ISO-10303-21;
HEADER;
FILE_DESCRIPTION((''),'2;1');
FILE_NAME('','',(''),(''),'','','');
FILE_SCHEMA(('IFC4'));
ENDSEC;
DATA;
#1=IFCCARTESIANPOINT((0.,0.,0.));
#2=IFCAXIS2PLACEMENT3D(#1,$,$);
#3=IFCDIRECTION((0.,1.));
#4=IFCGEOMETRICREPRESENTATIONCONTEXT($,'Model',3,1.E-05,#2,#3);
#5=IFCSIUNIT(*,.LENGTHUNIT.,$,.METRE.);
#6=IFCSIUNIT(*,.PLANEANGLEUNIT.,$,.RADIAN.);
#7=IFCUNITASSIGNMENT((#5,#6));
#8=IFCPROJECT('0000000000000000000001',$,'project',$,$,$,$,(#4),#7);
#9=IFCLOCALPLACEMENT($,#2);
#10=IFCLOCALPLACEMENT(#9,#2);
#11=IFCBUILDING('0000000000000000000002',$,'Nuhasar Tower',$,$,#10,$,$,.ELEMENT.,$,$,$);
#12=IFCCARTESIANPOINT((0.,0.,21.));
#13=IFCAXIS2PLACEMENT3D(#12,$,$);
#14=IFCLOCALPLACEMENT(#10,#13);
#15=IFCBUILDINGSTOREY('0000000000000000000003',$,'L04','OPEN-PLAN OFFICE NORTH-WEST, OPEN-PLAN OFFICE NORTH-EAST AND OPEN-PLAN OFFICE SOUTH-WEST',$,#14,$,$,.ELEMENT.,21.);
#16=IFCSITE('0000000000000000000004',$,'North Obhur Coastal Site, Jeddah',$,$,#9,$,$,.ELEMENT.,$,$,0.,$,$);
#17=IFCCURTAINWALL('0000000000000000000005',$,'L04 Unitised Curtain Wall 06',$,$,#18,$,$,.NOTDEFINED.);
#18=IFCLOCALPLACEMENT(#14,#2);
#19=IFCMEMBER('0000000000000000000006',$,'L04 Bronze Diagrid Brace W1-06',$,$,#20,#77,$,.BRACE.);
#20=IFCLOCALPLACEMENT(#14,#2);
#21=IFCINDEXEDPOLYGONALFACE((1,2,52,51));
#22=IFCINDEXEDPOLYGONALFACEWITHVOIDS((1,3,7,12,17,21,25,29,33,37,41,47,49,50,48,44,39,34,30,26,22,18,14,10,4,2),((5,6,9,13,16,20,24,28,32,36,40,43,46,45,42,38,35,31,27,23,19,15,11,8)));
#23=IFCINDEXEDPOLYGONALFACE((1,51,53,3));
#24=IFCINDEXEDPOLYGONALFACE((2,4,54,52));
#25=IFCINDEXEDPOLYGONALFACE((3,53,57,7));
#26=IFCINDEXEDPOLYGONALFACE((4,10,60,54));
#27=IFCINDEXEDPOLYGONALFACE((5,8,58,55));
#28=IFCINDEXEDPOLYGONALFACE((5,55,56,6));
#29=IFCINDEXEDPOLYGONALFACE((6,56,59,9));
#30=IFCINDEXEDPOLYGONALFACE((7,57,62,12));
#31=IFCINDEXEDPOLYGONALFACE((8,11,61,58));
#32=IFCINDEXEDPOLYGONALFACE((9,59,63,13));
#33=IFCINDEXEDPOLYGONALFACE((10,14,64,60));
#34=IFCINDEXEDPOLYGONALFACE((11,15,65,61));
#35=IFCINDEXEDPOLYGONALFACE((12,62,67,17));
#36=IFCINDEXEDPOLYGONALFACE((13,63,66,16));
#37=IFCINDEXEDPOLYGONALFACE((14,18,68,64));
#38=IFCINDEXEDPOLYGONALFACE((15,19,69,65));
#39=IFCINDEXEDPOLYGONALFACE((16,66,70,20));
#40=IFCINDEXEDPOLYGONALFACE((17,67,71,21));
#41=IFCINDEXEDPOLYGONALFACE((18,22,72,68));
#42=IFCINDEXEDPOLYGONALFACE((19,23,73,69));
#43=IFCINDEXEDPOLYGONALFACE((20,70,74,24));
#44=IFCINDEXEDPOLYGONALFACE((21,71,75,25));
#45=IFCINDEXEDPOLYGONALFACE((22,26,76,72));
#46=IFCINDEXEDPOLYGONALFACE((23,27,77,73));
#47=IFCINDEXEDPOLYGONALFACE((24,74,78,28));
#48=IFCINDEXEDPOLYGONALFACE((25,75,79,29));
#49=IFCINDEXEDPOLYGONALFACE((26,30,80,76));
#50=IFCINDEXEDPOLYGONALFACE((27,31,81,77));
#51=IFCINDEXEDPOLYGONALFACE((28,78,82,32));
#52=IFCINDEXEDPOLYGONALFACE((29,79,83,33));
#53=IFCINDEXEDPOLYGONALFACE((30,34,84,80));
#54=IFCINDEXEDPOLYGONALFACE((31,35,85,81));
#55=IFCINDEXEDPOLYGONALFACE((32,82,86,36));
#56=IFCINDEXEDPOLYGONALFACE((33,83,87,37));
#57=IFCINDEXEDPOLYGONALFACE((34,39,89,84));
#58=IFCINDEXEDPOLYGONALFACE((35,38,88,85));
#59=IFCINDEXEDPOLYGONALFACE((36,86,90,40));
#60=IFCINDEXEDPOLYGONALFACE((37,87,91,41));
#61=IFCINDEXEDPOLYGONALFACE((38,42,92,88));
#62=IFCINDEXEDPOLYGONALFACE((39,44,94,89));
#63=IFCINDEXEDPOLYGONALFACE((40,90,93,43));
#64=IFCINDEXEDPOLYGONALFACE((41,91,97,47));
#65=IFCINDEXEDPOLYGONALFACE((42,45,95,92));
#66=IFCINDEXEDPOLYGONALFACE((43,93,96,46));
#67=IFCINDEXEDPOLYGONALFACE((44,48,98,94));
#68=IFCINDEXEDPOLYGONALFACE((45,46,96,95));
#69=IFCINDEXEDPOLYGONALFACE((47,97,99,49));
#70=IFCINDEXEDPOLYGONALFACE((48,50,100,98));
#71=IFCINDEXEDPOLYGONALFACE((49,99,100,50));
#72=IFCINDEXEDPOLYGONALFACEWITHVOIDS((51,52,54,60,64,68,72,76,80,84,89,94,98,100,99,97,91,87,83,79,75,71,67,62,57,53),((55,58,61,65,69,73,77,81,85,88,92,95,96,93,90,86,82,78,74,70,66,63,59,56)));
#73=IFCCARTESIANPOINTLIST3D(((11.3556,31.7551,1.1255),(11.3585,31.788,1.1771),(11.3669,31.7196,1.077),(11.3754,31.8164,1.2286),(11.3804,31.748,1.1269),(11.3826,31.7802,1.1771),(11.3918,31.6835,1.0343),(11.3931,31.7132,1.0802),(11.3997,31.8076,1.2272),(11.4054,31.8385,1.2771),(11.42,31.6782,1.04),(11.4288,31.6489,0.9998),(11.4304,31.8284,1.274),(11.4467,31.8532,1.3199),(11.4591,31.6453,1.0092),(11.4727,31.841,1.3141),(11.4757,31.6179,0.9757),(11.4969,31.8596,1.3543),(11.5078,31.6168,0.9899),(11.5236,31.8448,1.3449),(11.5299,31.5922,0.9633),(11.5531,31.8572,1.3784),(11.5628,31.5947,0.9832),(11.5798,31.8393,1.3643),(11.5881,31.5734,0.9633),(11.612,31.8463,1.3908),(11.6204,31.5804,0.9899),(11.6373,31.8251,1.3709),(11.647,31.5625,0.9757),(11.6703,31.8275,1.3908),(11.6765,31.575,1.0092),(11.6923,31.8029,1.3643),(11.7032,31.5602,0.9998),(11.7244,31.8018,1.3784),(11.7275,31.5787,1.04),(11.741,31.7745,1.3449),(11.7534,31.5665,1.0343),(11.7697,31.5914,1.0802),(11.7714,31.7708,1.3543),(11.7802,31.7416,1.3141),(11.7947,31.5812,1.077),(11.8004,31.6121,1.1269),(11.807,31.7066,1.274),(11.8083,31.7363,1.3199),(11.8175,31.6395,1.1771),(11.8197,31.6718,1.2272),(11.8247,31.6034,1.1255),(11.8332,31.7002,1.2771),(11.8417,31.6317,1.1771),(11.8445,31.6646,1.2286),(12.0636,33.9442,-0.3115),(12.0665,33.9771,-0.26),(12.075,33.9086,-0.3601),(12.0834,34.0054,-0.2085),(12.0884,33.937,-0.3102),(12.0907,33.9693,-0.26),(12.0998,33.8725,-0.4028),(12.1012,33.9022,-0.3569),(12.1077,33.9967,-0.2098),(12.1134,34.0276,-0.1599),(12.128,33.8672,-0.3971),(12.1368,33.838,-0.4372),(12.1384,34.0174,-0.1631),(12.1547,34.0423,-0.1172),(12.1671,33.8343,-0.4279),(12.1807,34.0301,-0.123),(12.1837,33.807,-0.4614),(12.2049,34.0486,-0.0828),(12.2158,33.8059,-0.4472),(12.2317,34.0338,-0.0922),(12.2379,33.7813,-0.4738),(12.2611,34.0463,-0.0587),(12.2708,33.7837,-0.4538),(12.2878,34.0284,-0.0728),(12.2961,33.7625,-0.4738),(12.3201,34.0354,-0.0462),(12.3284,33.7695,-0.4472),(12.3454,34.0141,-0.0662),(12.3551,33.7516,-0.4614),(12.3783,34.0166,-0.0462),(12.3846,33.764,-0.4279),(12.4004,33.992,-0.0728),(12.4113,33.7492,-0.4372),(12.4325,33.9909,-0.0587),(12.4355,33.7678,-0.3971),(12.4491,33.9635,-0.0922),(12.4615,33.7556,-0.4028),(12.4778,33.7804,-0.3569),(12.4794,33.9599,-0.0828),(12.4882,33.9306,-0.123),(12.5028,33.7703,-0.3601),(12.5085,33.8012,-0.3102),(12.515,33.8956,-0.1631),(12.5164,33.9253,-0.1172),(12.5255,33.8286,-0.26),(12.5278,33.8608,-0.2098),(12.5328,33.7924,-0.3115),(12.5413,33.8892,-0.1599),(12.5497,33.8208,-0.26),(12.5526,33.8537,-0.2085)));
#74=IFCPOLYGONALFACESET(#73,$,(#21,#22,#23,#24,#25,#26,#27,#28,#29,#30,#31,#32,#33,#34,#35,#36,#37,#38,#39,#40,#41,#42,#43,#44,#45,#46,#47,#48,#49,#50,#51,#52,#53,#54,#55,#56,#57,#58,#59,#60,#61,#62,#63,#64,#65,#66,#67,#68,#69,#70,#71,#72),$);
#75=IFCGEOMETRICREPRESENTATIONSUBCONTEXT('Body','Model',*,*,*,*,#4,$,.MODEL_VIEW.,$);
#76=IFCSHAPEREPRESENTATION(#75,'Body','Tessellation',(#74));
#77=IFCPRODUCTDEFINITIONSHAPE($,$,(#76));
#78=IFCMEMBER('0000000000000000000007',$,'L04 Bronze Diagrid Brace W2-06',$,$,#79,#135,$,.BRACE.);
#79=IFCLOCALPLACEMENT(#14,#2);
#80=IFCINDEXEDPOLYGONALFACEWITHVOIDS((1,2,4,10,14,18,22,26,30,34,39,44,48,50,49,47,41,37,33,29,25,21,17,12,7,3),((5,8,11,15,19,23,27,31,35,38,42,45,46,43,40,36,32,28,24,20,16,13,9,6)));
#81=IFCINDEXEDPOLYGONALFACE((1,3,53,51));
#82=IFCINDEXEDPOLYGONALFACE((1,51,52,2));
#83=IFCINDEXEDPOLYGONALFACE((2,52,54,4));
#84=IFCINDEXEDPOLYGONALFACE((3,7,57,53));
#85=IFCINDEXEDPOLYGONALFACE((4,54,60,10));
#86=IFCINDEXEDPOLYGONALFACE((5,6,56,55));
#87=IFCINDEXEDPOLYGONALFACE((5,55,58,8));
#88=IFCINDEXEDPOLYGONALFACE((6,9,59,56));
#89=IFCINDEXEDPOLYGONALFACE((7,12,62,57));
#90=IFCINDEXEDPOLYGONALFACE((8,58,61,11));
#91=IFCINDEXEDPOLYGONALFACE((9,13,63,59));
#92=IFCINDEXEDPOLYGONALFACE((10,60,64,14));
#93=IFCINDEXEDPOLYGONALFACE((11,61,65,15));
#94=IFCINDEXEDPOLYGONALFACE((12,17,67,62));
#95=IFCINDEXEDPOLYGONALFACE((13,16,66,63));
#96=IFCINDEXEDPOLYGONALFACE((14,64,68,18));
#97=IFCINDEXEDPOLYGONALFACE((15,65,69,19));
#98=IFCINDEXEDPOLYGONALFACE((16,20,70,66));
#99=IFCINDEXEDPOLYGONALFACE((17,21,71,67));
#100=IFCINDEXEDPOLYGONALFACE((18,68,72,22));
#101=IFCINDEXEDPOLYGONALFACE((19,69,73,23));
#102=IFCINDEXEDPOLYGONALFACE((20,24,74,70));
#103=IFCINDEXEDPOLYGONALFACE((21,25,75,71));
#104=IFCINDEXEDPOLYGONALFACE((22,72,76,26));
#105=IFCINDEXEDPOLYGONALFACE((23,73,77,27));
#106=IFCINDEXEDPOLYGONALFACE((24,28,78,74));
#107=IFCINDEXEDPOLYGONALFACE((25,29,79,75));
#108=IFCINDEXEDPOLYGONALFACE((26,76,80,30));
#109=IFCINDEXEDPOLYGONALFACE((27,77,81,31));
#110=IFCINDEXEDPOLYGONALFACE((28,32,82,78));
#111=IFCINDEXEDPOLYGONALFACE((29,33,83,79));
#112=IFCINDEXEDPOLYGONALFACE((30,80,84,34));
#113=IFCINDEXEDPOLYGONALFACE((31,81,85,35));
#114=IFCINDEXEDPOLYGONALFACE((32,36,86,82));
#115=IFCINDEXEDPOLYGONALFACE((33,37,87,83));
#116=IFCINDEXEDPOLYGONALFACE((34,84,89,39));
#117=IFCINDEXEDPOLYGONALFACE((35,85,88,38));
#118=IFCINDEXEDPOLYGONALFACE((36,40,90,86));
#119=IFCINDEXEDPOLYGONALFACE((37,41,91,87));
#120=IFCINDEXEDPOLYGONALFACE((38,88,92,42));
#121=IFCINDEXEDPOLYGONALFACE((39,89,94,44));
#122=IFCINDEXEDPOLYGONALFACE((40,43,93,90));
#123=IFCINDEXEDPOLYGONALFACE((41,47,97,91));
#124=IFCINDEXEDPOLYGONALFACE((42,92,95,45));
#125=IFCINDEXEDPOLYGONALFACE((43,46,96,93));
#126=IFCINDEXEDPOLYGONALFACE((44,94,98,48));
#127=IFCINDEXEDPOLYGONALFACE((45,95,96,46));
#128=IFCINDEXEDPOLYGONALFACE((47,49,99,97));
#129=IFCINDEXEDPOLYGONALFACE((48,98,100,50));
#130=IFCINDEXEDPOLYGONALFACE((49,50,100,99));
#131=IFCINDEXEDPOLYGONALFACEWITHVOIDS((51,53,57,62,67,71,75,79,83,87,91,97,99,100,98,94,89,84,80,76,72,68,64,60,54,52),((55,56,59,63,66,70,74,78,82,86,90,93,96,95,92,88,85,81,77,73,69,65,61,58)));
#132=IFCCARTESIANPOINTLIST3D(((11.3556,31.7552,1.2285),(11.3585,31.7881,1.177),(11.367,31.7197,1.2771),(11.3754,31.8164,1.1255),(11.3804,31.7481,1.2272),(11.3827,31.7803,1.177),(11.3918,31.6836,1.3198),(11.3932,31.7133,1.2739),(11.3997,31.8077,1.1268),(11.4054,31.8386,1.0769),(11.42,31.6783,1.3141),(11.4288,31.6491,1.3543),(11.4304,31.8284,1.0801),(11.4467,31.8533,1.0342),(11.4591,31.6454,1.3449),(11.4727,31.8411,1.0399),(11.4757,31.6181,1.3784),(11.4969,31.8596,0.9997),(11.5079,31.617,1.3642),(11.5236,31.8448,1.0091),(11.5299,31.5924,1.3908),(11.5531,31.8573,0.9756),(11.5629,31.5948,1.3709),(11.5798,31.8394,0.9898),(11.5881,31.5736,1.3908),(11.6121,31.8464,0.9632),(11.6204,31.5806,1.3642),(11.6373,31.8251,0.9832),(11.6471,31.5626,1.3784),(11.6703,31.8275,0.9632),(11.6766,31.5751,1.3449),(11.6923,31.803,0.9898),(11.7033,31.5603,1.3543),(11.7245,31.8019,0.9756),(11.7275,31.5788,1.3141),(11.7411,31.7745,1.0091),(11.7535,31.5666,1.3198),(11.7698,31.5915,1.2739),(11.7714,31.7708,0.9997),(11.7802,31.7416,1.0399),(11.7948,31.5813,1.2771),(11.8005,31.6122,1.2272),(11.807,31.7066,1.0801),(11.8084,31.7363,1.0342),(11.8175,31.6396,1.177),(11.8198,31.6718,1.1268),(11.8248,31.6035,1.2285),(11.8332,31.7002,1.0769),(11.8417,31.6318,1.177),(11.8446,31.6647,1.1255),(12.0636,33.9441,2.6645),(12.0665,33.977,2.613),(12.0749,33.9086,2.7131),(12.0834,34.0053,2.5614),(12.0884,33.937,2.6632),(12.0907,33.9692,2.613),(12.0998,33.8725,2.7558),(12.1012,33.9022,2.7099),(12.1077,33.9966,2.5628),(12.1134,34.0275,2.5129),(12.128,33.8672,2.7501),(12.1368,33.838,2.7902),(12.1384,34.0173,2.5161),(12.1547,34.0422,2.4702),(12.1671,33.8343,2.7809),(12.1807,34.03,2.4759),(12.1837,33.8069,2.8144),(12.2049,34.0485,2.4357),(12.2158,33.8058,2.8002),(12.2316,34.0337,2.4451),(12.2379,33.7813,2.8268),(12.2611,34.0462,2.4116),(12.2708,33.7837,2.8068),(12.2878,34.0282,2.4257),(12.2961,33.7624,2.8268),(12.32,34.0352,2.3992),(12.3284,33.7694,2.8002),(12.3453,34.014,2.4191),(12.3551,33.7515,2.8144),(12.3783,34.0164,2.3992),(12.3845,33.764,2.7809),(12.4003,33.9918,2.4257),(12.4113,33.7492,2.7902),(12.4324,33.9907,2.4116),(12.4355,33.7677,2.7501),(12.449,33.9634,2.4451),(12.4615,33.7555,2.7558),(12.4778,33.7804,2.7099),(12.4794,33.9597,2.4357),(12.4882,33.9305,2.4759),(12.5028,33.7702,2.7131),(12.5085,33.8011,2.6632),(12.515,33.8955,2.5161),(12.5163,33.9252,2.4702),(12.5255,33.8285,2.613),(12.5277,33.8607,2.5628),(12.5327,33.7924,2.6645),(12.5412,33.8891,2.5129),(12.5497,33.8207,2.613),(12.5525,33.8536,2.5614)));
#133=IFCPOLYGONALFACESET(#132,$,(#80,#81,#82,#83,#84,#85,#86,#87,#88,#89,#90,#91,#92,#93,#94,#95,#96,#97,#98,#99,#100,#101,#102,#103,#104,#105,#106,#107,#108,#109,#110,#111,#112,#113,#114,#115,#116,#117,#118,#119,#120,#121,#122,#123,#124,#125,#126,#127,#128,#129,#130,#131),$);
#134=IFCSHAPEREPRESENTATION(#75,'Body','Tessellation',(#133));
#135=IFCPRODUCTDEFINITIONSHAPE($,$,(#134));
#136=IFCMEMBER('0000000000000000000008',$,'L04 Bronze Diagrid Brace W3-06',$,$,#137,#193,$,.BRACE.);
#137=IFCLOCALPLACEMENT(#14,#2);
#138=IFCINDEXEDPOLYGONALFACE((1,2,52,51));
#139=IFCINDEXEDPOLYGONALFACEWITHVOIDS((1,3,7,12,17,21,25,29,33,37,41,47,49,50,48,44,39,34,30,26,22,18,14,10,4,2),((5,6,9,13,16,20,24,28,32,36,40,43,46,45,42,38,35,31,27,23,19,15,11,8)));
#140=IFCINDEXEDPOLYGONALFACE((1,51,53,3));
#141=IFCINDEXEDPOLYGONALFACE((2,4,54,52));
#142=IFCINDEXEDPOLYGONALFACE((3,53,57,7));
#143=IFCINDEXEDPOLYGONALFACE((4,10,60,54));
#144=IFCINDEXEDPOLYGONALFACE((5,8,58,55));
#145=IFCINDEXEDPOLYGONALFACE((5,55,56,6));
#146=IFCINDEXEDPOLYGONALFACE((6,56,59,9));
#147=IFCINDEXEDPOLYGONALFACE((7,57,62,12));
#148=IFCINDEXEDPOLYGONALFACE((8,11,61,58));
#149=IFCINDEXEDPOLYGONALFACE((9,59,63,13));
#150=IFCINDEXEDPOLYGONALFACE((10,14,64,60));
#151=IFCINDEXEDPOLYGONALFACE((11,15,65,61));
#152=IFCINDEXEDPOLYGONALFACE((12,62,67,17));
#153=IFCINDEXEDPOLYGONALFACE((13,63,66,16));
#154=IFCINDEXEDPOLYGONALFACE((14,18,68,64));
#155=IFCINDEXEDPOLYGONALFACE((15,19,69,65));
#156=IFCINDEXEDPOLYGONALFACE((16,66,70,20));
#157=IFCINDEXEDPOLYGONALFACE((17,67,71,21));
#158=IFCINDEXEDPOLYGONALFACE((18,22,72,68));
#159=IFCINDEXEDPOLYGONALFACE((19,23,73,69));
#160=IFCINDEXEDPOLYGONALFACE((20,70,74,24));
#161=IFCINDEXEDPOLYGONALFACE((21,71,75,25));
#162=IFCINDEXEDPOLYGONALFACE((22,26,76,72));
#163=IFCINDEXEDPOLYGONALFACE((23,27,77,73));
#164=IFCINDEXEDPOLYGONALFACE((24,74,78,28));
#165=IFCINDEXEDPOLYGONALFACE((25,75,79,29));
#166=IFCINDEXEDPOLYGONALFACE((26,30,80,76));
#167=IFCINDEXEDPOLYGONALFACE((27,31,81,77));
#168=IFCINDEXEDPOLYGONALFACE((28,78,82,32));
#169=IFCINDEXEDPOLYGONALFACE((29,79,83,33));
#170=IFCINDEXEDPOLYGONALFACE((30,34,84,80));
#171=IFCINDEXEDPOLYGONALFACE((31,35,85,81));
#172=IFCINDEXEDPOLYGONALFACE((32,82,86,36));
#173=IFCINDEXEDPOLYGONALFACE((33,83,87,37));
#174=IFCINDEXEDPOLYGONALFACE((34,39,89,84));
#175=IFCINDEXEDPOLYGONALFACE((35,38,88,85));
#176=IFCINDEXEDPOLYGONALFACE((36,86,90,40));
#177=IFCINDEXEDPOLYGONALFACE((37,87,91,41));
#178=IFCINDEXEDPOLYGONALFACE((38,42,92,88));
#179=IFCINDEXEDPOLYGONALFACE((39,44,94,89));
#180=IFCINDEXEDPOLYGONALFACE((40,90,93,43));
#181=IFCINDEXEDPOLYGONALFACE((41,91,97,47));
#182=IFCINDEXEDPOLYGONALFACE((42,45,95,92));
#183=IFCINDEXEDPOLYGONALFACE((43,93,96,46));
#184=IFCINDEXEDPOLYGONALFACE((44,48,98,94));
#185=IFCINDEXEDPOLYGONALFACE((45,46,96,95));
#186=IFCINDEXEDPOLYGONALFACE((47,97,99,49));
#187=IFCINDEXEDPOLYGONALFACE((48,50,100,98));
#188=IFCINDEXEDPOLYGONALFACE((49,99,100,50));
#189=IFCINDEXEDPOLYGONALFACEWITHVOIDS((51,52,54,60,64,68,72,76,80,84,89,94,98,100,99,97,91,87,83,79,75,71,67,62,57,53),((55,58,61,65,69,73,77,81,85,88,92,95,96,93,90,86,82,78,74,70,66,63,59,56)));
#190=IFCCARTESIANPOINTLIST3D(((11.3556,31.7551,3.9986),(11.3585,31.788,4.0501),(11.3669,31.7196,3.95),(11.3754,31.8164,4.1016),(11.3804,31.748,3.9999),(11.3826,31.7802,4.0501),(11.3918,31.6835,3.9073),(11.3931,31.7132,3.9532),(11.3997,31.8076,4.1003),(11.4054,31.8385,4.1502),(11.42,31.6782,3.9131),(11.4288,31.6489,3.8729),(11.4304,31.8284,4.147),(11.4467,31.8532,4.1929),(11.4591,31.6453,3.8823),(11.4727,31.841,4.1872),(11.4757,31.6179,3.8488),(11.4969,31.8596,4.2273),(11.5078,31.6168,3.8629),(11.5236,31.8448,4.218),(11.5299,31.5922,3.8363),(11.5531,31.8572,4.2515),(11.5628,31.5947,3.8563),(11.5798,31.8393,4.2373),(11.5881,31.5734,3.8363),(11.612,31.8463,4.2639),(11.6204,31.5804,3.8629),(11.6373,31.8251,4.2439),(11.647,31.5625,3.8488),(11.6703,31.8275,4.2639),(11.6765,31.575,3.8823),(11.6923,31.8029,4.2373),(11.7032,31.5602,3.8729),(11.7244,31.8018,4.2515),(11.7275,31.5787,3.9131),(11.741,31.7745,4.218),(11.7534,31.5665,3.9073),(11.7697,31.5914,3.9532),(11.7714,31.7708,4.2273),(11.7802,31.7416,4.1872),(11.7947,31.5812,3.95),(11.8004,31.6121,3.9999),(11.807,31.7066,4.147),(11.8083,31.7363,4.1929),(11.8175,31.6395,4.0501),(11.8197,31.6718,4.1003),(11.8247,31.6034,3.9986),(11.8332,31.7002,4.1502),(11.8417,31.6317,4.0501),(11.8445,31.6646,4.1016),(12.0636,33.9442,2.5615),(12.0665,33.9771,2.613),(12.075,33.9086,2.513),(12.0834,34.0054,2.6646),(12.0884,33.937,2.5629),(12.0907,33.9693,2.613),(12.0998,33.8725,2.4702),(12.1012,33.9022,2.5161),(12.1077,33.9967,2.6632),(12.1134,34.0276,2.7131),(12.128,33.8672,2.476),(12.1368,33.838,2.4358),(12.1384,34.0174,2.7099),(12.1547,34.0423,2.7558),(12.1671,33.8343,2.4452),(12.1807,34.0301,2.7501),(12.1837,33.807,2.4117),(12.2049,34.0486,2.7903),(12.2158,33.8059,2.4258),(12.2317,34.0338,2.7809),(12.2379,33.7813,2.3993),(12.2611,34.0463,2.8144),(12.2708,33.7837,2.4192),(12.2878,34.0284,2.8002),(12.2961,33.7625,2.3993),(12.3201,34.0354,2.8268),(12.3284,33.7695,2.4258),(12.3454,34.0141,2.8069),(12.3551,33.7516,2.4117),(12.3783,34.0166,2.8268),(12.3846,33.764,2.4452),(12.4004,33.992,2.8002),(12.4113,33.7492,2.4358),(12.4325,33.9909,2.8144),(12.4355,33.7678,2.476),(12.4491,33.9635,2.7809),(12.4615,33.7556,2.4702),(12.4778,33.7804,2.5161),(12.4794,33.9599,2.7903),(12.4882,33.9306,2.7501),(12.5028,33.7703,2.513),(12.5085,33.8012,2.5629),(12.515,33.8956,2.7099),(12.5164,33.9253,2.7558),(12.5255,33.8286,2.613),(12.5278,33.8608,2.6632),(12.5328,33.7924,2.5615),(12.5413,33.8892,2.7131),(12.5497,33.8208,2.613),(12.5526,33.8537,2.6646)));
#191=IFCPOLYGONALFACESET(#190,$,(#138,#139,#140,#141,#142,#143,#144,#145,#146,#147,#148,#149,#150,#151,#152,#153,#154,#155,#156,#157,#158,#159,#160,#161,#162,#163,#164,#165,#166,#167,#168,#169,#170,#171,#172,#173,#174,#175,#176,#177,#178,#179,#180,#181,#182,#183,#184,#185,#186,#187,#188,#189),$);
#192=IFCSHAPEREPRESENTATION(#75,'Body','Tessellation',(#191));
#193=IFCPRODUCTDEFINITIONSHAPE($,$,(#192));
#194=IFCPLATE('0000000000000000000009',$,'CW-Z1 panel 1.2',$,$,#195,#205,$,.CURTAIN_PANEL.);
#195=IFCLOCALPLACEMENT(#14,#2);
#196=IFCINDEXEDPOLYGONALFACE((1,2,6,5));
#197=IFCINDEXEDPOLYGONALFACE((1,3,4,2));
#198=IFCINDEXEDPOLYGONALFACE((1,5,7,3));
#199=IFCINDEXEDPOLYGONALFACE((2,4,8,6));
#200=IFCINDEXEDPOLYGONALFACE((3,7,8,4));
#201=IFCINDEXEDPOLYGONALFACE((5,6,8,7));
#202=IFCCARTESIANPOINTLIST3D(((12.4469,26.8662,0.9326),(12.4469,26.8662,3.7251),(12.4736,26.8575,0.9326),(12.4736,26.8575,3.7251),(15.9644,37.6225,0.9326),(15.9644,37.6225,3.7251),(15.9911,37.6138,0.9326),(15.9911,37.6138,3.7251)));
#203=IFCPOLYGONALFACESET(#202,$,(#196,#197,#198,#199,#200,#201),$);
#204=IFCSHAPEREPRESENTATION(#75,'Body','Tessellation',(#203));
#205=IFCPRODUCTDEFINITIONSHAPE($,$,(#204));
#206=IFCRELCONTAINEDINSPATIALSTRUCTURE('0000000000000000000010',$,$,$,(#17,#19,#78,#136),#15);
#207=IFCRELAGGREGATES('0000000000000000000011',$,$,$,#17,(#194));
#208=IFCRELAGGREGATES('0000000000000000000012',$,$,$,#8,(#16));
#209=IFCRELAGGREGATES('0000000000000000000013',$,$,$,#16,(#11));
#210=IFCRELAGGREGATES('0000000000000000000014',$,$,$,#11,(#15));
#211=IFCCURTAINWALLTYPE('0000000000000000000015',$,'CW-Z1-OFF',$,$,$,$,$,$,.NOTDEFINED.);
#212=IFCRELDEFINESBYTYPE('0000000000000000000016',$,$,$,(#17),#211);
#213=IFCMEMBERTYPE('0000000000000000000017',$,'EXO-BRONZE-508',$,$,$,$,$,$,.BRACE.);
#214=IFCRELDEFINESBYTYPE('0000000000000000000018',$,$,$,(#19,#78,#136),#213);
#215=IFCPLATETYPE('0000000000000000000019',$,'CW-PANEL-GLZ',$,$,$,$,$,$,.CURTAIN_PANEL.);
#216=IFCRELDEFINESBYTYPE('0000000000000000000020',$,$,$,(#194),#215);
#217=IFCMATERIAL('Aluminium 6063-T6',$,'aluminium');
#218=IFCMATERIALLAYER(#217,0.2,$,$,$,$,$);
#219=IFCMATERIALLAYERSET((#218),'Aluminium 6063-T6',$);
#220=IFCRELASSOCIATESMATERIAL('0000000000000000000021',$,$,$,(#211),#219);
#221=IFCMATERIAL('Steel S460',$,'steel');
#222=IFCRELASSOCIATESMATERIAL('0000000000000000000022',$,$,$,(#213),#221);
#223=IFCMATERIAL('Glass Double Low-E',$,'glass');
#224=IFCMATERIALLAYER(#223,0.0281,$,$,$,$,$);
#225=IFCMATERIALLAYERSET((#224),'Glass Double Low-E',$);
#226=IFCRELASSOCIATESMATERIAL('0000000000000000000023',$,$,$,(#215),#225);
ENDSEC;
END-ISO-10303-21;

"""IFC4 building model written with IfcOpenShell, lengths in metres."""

from ifc_helpers import new_model, si_unit, direction, frame, origin, origin_2d, place, context, subcontext, project, spatial, rectangle, hollow_circle, extrude, material, layer, layer_set, material_profile, profile_set, type_object, element, aggregate, save


model = new_model("IFC4")

# Units and contexts
model_context = context("Model", 3, precision=1e-05, world=origin(), true_north=direction((0.0, 1.0)))
body_context = subcontext(model_context, "Body", "Model", "MODEL_VIEW")
ifc_project = project(units=[si_unit("LENGTHUNIT", "METRE"), si_unit("PLANEANGLEUNIT", "RADIAN")], contexts=[model_context])

# Site, building, storey
site_placement = place(None, origin())
site = spatial("IfcSite", under=ifc_project, at=site_placement, Name="North Obhur Coastal Site, Jeddah", CompositionType="ELEMENT", RefElevation=0.0)
building_placement = place(site_placement, origin())
building = spatial("IfcBuilding", under=site, at=building_placement, Name="Nuhasar Tower", CompositionType="ELEMENT")
storey_placement = place(building_placement, frame((0.0, 0.0, 21.0)))
storey = spatial("IfcBuildingStorey", under=building, at=storey_placement, Name="L04", Description="OPEN-PLAN OFFICE NORTH-WEST, OPEN-PLAN OFFICE NORTH-EAST AND OPEN-PLAN OFFICE SOUTH-WEST", CompositionType="ELEMENT", Elevation=21.0)

# Shared definitions
ifc_material_1 = material(Name="Steel S460", Category="steel")

# Curtain wall
ifc_material_2 = material(Name="Aluminium 6063-T6", Category="aluminium")
ifc_layer_1 = layer(ifc_material_2, 0.2)
ifc_layer_set_1 = layer_set([ifc_layer_1], Name="Aluminium 6063-T6")
curtain_wall_type = type_object("IfcCurtainWallType", Name="CW-Z1-OFF", PredefinedType="NOTDEFINED", material=ifc_layer_set_1)
curtain_wall_1_placement = place(storey_placement, origin())
curtain_wall_1 = element("IfcCurtainWall", 1, at=curtain_wall_1_placement, inside=storey, type_object=curtain_wall_type, Name="L04 Unitised Curtain Wall 06", PredefinedType="NOTDEFINED")

# Members
ifc_material_profile_1 = material_profile(ifc_material_1, hollow_circle(Radius=0.2539, WallThickness=0.0254, at=origin_2d()), Name="HSS508X25.4")
ifc_profile_set_1 = profile_set([ifc_material_profile_1], Name="Steel S460")
member_type_1 = type_object("IfcMemberType", Name="EXO-BRONZE-508", PredefinedType="BRACE", material=ifc_profile_set_1)
member_1_placement = place(storey_placement, frame((12.3081, 33.8989, -0.26), z_axis=(-0.261013, -0.806981, 0.529767), x_axis=(0.951468, -0.307747, 0.0)))
element("IfcMember", 2, at=member_1_placement, inside=storey, type_object=member_type_1, Name="L04 Bronze Diagrid Brace W1-06", PredefinedType="BRACE", context=body_context, shape_type="SweptSolid", body=[
    extrude(hollow_circle(Radius=0.2539, WallThickness=0.0254, at=origin_2d()), origin(), (0.0, 0.0, 1.0), 2.7126),
])
member_2_placement = place(storey_placement, frame((11.6001, 31.71, 1.177), z_axis=(0.261063, 0.807135, 0.529508), x_axis=(-0.951468, 0.307747, 0.0)))
element("IfcMember", 3, at=member_2_placement, inside=storey, type_object=member_type_1, Name="L04 Bronze Diagrid Brace W2-06", PredefinedType="BRACE", context=body_context, shape_type="SweptSolid", body=[
    extrude(hollow_circle(Radius=0.2539, WallThickness=0.0254, at=origin_2d()), origin(), (0.0, 0.0, 1.0), 2.7119),
])
member_3_placement = place(storey_placement, frame((12.3081, 33.8989, 2.613), z_axis=(-0.261013, -0.806981, 0.529767), x_axis=(0.951468, -0.307747, 0.0)))
element("IfcMember", 4, at=member_3_placement, inside=storey, type_object=member_type_1, Name="L04 Bronze Diagrid Brace W3-06", PredefinedType="BRACE", context=body_context, shape_type="SweptSolid", body=[
    extrude(hollow_circle(Radius=0.2539, WallThickness=0.0254, at=origin_2d()), origin(), (0.0, 0.0, 1.0), 2.7126),
])

# Plate
ifc_material_3 = material(Name="Glass Double Low-E", Category="glass")
ifc_layer_2 = layer(ifc_material_3, 0.0281)
ifc_layer_set_2 = layer_set([ifc_layer_2], Name="Glass Double Low-E")
plate_type_1 = type_object("IfcPlateType", Name="CW-PANEL-GLZ", PredefinedType="CURTAIN_PANEL", material=ifc_layer_set_2)
plate_1_placement = place(storey_placement, frame((14.219, 32.24, 0.9326), z_axis=(0.0, 0.0, 1.0), x_axis=(-0.310824, -0.950468, 0.0)))
plate_1 = element("IfcPlate", 5, at=plate_1_placement, type_object=plate_type_1, Name="CW-Z1 panel 1.2", PredefinedType="CURTAIN_PANEL", context=body_context, shape_type="SweptSolid", body=[
    extrude(rectangle(XDim=11.3169, YDim=0.0281, at=origin_2d()), origin(), (0.0, 0.0, 1.0), 2.7925),
])
aggregate(curtain_wall_1, [plate_1])

save(model, "model.ifc")
